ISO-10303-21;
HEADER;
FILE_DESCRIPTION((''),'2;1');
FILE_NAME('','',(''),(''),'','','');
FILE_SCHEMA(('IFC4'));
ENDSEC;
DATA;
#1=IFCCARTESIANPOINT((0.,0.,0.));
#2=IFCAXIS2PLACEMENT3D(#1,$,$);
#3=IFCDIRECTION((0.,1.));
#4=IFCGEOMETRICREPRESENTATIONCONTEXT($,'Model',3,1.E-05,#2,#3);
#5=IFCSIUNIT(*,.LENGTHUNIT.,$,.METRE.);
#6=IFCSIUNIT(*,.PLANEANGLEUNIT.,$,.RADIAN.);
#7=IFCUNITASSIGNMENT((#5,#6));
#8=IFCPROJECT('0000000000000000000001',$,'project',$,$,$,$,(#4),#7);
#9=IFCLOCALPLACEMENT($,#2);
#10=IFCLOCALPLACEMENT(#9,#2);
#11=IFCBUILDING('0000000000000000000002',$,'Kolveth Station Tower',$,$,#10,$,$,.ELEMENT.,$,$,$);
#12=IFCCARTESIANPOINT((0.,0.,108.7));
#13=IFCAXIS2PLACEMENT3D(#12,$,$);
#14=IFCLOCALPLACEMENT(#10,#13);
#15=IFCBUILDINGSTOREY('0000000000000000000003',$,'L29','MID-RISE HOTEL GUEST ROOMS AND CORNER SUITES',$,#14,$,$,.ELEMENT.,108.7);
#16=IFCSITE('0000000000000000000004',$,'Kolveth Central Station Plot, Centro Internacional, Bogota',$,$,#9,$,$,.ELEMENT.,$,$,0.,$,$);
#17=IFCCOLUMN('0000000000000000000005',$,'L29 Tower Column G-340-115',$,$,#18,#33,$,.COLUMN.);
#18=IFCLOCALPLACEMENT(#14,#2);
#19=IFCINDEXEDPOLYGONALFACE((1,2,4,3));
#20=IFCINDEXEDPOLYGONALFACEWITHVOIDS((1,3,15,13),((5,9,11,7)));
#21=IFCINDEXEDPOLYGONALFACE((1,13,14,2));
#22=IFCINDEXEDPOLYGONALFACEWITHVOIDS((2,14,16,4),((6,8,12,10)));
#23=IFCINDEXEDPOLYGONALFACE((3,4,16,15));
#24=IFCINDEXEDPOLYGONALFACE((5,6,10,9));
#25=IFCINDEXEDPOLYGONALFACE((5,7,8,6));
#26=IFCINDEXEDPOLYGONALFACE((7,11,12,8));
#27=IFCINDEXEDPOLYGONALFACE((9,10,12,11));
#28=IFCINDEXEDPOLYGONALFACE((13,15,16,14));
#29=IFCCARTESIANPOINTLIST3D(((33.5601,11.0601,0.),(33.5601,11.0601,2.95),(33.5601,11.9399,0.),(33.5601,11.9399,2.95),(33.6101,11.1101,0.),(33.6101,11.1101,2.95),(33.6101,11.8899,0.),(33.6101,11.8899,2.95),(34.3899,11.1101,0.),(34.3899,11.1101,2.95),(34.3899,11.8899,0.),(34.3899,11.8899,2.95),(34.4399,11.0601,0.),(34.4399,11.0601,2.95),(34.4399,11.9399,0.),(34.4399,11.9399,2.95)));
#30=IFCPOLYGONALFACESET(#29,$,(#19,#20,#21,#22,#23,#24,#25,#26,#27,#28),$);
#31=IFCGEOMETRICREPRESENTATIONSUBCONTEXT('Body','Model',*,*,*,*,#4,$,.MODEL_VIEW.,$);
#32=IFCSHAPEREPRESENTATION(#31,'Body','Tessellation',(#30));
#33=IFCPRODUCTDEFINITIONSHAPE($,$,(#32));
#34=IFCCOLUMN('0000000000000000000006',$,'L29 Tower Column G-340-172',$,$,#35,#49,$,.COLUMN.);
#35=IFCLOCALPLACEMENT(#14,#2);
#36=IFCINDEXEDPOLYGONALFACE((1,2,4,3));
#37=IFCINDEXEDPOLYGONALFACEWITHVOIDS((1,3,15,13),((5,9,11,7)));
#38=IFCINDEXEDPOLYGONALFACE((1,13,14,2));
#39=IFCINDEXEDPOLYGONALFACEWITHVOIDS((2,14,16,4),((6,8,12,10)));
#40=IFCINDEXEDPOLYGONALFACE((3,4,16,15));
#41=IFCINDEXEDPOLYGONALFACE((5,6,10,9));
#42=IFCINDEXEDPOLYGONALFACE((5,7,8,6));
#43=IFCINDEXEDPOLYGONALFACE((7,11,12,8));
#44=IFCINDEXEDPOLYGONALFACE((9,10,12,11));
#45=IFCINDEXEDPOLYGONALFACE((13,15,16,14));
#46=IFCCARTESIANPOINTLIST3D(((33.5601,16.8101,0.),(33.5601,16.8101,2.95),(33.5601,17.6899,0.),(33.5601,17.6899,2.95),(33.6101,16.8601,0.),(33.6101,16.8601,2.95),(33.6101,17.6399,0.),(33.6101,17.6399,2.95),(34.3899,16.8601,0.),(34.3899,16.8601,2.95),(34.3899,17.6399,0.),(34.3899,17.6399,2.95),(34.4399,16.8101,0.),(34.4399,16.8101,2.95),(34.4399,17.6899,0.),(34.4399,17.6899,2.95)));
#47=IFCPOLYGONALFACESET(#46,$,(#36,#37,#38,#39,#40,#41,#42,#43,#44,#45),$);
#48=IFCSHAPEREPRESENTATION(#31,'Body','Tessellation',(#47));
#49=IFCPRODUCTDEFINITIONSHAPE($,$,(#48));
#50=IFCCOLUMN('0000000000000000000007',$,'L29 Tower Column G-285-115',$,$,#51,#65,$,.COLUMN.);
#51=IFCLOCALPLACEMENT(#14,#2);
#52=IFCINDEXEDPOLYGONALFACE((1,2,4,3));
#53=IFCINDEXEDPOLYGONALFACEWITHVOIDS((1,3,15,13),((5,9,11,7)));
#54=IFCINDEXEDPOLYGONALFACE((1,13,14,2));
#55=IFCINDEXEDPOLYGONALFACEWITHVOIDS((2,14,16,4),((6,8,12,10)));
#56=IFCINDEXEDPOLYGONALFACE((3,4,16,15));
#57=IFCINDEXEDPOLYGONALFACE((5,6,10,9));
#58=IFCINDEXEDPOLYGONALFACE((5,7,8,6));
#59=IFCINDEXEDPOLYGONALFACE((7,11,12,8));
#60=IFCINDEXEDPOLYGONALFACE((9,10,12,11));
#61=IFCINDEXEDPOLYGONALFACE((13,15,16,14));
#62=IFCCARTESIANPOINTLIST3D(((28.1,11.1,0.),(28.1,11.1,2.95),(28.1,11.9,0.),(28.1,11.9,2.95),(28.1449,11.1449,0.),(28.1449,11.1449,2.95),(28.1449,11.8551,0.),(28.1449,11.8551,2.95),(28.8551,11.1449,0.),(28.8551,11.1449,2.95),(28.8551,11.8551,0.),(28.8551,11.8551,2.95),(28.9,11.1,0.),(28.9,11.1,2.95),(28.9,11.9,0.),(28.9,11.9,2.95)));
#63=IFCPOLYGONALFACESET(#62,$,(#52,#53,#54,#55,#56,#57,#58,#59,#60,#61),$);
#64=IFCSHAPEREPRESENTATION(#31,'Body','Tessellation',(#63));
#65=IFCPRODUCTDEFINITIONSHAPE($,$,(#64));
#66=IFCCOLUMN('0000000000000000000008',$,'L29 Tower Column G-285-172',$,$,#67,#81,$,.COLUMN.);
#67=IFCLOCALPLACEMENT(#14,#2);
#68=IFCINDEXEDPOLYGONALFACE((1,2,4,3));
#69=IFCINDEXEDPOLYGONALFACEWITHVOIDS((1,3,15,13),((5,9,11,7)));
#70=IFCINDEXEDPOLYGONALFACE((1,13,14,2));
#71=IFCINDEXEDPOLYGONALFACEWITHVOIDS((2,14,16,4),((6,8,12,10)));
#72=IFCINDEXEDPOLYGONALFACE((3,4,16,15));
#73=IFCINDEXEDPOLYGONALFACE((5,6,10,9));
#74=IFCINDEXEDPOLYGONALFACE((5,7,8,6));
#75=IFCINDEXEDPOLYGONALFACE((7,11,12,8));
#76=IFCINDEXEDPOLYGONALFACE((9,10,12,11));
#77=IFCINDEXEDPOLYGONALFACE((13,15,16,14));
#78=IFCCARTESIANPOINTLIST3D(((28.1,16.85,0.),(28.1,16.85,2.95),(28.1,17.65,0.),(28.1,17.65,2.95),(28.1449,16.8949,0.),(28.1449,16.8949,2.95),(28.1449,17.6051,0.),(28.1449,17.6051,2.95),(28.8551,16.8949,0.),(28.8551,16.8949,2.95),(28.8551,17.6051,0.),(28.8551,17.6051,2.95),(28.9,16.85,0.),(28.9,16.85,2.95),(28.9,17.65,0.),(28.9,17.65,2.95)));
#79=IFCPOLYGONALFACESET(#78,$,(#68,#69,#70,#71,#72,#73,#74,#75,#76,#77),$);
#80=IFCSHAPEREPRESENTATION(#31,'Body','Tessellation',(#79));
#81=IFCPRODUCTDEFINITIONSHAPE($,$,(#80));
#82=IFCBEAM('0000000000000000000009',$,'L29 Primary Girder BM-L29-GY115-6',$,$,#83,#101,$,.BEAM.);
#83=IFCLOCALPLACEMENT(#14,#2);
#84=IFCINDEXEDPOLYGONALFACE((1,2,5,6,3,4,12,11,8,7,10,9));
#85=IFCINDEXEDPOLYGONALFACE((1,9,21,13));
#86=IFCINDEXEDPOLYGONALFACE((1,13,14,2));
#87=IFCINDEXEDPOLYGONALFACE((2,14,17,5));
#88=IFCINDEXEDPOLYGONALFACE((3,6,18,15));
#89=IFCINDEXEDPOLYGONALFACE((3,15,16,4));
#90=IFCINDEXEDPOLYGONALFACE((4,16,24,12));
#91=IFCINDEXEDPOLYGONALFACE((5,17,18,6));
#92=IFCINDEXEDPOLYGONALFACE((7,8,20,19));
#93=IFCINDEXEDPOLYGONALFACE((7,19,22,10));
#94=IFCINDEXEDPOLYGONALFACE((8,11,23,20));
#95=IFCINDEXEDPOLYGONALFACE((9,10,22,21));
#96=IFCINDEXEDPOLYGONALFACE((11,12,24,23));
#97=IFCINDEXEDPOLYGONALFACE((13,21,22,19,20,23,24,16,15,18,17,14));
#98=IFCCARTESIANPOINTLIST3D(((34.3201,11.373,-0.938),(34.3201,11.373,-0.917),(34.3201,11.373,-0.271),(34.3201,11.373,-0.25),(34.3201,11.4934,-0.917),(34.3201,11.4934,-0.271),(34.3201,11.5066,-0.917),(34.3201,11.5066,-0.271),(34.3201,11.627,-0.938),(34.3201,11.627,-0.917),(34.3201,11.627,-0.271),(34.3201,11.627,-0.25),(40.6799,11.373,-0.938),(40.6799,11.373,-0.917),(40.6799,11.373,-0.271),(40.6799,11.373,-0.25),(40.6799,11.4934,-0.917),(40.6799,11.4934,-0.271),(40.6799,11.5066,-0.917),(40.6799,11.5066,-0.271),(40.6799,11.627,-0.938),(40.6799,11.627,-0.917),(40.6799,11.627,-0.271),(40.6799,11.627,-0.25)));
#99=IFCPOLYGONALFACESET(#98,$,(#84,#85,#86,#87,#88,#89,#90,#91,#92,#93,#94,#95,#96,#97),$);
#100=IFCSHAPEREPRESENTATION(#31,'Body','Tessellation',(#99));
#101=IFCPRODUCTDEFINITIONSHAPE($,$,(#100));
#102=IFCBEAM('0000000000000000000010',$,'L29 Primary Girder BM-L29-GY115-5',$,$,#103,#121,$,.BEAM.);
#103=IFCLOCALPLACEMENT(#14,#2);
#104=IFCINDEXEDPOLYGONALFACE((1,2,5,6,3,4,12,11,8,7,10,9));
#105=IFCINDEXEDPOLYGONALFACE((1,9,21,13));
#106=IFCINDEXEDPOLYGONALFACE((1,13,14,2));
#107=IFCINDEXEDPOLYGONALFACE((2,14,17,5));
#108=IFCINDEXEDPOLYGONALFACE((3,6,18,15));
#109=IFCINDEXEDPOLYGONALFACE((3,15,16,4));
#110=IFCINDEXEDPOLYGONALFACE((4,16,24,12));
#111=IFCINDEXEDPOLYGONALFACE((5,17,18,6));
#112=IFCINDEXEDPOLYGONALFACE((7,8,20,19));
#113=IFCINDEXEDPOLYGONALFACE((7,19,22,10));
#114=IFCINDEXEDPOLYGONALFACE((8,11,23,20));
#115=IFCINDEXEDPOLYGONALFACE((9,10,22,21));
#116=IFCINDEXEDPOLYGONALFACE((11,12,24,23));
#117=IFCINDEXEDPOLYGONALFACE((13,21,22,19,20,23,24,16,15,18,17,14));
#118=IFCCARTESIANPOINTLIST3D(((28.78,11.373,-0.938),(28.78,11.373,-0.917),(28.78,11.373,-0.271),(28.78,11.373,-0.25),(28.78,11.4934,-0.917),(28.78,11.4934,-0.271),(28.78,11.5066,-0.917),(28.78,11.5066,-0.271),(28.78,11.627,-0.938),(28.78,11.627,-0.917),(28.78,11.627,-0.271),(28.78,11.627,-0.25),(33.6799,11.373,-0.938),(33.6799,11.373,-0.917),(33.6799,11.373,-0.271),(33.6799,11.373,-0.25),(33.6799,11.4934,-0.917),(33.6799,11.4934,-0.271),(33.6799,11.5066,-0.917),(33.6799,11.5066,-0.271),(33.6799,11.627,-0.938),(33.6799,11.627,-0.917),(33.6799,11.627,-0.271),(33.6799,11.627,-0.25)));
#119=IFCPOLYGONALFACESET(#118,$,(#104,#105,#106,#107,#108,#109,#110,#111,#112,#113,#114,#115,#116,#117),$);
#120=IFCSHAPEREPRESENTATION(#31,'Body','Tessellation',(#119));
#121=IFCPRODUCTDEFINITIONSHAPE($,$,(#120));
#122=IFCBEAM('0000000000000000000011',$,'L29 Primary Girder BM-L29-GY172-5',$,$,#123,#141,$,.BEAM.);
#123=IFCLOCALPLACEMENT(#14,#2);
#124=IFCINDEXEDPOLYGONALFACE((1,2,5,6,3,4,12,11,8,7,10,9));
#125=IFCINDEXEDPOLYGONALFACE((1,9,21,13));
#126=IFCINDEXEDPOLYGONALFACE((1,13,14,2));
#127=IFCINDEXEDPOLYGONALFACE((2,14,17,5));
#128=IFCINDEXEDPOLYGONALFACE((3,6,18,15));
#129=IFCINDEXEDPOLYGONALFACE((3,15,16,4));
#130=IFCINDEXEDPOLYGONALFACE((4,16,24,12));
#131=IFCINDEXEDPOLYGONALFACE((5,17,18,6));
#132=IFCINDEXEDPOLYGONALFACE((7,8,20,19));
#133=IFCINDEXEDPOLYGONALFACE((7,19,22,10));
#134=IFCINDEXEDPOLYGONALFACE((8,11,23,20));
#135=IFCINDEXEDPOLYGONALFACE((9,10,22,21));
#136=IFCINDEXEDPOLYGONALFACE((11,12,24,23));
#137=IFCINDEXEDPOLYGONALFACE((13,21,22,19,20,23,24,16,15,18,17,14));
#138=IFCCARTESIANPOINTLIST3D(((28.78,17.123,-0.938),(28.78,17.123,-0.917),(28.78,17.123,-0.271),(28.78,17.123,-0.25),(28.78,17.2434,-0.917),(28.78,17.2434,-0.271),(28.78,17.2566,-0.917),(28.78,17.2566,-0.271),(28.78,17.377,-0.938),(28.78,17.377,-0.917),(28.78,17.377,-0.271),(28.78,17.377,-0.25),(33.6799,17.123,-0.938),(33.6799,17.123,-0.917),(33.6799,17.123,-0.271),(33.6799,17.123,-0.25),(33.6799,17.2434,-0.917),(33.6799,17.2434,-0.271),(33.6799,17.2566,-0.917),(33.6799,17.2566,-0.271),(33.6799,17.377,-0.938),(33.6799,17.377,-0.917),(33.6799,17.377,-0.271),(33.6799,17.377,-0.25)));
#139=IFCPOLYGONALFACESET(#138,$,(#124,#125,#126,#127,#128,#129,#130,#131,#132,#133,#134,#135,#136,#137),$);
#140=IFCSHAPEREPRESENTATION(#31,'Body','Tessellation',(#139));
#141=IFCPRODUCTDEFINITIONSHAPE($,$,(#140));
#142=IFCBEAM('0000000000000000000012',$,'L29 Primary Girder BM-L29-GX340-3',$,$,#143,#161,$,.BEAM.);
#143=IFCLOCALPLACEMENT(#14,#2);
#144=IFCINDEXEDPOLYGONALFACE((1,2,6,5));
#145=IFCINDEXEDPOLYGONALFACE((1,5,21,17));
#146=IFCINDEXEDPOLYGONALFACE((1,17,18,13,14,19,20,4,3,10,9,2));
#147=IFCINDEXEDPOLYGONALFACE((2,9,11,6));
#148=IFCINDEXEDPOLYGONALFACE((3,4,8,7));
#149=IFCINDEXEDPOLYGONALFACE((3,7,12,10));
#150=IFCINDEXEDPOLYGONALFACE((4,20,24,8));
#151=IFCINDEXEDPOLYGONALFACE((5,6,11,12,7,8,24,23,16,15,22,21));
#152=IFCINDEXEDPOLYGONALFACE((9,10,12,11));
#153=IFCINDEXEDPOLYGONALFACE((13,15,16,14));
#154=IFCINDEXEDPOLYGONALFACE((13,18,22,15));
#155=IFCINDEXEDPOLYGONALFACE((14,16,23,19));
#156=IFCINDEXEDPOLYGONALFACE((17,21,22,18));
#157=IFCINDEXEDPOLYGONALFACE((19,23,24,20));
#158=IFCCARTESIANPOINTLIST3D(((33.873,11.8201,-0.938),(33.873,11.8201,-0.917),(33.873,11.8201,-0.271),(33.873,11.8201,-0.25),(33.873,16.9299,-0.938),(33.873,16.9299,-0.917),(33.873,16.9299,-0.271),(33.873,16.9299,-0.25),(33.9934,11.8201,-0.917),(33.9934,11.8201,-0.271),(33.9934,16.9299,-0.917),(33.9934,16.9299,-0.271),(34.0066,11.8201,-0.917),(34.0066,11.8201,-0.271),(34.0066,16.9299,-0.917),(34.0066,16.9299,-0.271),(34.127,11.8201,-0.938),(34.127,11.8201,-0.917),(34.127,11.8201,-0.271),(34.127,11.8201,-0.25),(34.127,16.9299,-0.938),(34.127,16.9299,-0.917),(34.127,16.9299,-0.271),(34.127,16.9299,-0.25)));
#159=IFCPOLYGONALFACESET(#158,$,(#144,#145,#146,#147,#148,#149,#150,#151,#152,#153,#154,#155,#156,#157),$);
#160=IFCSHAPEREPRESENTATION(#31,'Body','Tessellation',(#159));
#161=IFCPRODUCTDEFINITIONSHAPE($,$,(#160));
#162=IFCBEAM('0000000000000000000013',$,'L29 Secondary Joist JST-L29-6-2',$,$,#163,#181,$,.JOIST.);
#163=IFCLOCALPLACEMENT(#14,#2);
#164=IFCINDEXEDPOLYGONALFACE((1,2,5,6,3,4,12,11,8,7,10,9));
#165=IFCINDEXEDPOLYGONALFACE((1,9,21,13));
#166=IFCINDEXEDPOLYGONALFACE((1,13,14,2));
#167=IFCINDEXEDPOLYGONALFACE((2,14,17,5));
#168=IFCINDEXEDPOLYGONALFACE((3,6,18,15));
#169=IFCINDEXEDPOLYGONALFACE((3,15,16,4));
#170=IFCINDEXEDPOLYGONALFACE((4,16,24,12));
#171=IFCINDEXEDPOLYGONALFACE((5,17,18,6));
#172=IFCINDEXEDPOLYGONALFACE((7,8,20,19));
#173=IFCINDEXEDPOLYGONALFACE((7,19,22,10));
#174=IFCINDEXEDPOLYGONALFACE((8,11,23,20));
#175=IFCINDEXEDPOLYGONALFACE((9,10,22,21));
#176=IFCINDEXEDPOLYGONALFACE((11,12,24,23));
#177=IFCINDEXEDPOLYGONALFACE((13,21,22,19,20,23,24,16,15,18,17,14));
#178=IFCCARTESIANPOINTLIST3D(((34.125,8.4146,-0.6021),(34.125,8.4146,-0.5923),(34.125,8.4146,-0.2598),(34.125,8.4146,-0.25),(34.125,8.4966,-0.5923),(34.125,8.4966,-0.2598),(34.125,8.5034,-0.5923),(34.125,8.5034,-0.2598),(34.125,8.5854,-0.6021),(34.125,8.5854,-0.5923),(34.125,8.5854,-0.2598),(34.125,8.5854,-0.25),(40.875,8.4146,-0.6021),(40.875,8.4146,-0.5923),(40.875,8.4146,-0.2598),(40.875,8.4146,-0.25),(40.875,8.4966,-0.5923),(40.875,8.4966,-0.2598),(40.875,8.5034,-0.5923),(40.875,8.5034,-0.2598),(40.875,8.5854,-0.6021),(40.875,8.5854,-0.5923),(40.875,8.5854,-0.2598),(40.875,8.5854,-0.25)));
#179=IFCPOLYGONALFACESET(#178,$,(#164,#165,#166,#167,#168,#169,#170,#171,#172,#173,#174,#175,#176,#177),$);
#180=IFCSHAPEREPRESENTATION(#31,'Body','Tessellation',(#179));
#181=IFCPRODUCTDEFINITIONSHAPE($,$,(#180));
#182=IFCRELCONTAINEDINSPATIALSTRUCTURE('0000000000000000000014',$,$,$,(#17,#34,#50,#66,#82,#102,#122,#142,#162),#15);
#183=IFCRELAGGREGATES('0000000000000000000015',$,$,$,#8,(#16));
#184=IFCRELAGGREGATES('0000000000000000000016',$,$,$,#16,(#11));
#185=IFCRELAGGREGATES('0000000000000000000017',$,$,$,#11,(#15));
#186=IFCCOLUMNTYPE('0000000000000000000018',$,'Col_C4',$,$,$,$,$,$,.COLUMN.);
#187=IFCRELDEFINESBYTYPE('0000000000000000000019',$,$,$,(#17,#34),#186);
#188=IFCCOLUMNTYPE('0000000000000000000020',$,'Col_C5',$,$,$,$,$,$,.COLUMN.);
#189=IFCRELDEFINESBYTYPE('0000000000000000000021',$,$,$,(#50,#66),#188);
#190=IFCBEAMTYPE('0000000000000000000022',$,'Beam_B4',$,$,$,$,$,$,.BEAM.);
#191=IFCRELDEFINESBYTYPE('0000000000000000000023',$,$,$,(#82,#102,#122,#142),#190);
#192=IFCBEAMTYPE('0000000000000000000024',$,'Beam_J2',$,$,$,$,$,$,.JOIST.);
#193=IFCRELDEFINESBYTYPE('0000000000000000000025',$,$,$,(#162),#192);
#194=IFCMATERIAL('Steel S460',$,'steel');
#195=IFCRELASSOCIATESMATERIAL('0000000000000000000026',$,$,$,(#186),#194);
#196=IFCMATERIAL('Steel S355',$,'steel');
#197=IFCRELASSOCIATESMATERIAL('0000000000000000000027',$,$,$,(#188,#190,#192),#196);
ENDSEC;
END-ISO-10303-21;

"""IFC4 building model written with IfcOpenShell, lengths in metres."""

from ifc_helpers import new_model, si_unit, direction, frame, origin, origin_2d, place, context, subcontext, project, spatial, hollow_rectangle, i_section, extrude, source, transform, mapped, material, material_profile, profile_set, type_object, element, save


model = new_model("IFC4")

# Units and contexts
model_context = context("Model", 3, precision=1e-05, world=origin(), true_north=direction((0.0, 1.0)))
body_context = subcontext(model_context, "Body", "Model", "MODEL_VIEW")
ifc_project = project(units=[si_unit("LENGTHUNIT", "METRE"), si_unit("PLANEANGLEUNIT", "RADIAN")], contexts=[model_context])

# Site, building, storey
site_placement = place(None, origin())
site = spatial("IfcSite", under=ifc_project, at=site_placement, Name="Kolveth Central Station Plot, Centro Internacional, Bogota", CompositionType="ELEMENT", RefElevation=0.0)
building_placement = place(site_placement, origin())
building = spatial("IfcBuilding", under=site, at=building_placement, Name="Kolveth Station Tower", CompositionType="ELEMENT")
storey_placement = place(building_placement, frame((0.0, 0.0, 108.7)))
storey = spatial("IfcBuildingStorey", under=building, at=storey_placement, Name="L29", Description="MID-RISE HOTEL GUEST ROOMS AND CORNER SUITES", CompositionType="ELEMENT", Elevation=108.7)

# Columns
ifc_material_1 = material(Name="Steel S460", Category="steel")
ifc_material_profile_1 = material_profile(ifc_material_1, hollow_rectangle(XDim=0.8799, YDim=0.8799, WallThickness=0.05, at=origin_2d()), Name="BOX880x880x50")
ifc_profile_set_1 = profile_set([ifc_material_profile_1], Name="Steel S460")
column_type_1 = type_object("IfcColumnType", Name="Col_C4", PredefinedType="COLUMN", material=ifc_profile_set_1)
shared_shape_1 = source(origin(), body_context, "Body", "SweptSolid", [
    extrude(hollow_rectangle(XDim=0.8799, YDim=0.8799, WallThickness=0.05, at=origin_2d()), origin(), (0.0, 0.0, 1.0), 2.95),
])
for number, where, z_axis, x_axis, name in (
    (1, (34.0, 11.5, 0.0), (0.0, 0.0, 1.0), (1.0, 0.0, 0.0), "L29 Tower Column G-340-115"),
    (2, (34.0, 17.25, 0.0), (0.0, 0.0, 1.0), (1.0, 0.0, 0.0), "L29 Tower Column G-340-172"),
):
    element("IfcColumn", number, at=place(storey_placement, frame(where, z_axis=z_axis, x_axis=x_axis)), inside=storey, type_object=column_type_1, Name=name, PredefinedType="COLUMN", context=body_context, shape_type="MappedRepresentation", body=[
        mapped(shared_shape_1, transform((0.0, 0.0, 0.0), x_axis=(1.0, 0.0, 0.0), y_axis=(0.0, 1.0, 0.0), z_axis=(0.0, 0.0, 1.0), scale=1.0)),
    ])
ifc_material_2 = material(Name="Steel S355", Category="steel")
ifc_material_profile_2 = material_profile(ifc_material_2, hollow_rectangle(XDim=0.8, YDim=0.8, WallThickness=0.0449, at=origin_2d()), Name="BOX800x800x45")
ifc_profile_set_2 = profile_set([ifc_material_profile_2], Name="Steel S355")
column_type_2 = type_object("IfcColumnType", Name="Col_C5", PredefinedType="COLUMN", material=ifc_profile_set_2)
shared_shape_2 = source(origin(), body_context, "Body", "SweptSolid", [
    extrude(hollow_rectangle(XDim=0.8, YDim=0.8, WallThickness=0.0449, at=origin_2d()), origin(), (0.0, 0.0, 1.0), 2.95),
])
for number, where, z_axis, x_axis, name in (
    (3, (28.5, 11.5, 0.0), (0.0, 0.0, 1.0), (1.0, 0.0, 0.0), "L29 Tower Column G-285-115"),
    (4, (28.5, 17.25, 0.0), (0.0, 0.0, 1.0), (1.0, 0.0, 0.0), "L29 Tower Column G-285-172"),
):
    element("IfcColumn", number, at=place(storey_placement, frame(where, z_axis=z_axis, x_axis=x_axis)), inside=storey, type_object=column_type_2, Name=name, PredefinedType="COLUMN", context=body_context, shape_type="MappedRepresentation", body=[
        mapped(shared_shape_2, transform((0.0, 0.0, 0.0), x_axis=(1.0, 0.0, 0.0), y_axis=(0.0, 1.0, 0.0), z_axis=(0.0, 0.0, 1.0), scale=1.0)),
    ])

# Beams
ifc_material_profile_3 = material_profile(ifc_material_2, i_section(OverallWidth=0.2539, OverallDepth=0.688, WebThickness=0.0132, FlangeThickness=0.021, at=origin_2d()), Name="W690x152")
ifc_profile_set_3 = profile_set([ifc_material_profile_3], Name="Steel S355")
beam_type_1 = type_object("IfcBeamType", Name="Beam_B4", PredefinedType="BEAM", material=ifc_profile_set_3)
shared_shape_3 = source(origin(), body_context, "Body", "SweptSolid", [
    extrude(i_section(OverallWidth=0.2539, OverallDepth=0.688, WebThickness=0.0132, FlangeThickness=0.021, at=origin_2d()), origin(), (0.0, 0.0, 1.0), 6.3599),
])
beam_1_placement = place(storey_placement, frame((34.3201, 11.5, -0.594), z_axis=(1.0, 0.0, 0.0), x_axis=(0.0, 1.0, 0.0)))
element("IfcBeam", 5, at=beam_1_placement, inside=storey, type_object=beam_type_1, Name="L29 Primary Girder BM-L29-GY115-6", PredefinedType="BEAM", context=body_context, shape_type="MappedRepresentation", body=[
    mapped(shared_shape_3, transform((0.0, 0.0, 0.0), x_axis=(1.0, 0.0, 0.0), y_axis=(0.0, 1.0, 0.0), z_axis=(0.0, 0.0, 1.0), scale=1.0)),
])
shared_shape_4 = source(origin(), body_context, "Body", "SweptSolid", [
    extrude(i_section(OverallWidth=0.2539, OverallDepth=0.688, WebThickness=0.0132, FlangeThickness=0.021, at=origin_2d()), origin(), (0.0, 0.0, 1.0), 4.8999),
])
for number, where, z_axis, x_axis, name in (
    (6, (28.78, 11.5, -0.594), (1.0, 0.0, 0.0), (0.0, 1.0, 0.0), "L29 Primary Girder BM-L29-GY115-5"),
    (7, (28.78, 17.25, -0.594), (1.0, 0.0, 0.0), (0.0, 1.0, 0.0), "L29 Primary Girder BM-L29-GY172-5"),
):
    element("IfcBeam", number, at=place(storey_placement, frame(where, z_axis=z_axis, x_axis=x_axis)), inside=storey, type_object=beam_type_1, Name=name, PredefinedType="BEAM", context=body_context, shape_type="MappedRepresentation", body=[
        mapped(shared_shape_4, transform((0.0, 0.0, 0.0), x_axis=(1.0, 0.0, 0.0), y_axis=(0.0, 1.0, 0.0), z_axis=(0.0, 0.0, 1.0), scale=1.0)),
    ])
shared_shape_5 = source(origin(), body_context, "Body", "SweptSolid", [
    extrude(i_section(OverallWidth=0.2539, OverallDepth=0.688, WebThickness=0.0132, FlangeThickness=0.021, at=origin_2d()), origin(), (0.0, 0.0, 1.0), 5.1099),
])
beam_2_placement = place(storey_placement, frame((34.0, 11.8201, -0.594), z_axis=(0.0, 1.0, 0.0), x_axis=(-1.0, 0.0, 0.0)))
element("IfcBeam", 8, at=beam_2_placement, inside=storey, type_object=beam_type_1, Name="L29 Primary Girder BM-L29-GX340-3", PredefinedType="BEAM", context=body_context, shape_type="MappedRepresentation", body=[
    mapped(shared_shape_5, transform((0.0, 0.0, 0.0), x_axis=(1.0, 0.0, 0.0), y_axis=(0.0, 1.0, 0.0), z_axis=(0.0, 0.0, 1.0), scale=1.0)),
])
ifc_material_profile_4 = material_profile(ifc_material_2, i_section(OverallWidth=0.1709, OverallDepth=0.3521, WebThickness=0.0068, FlangeThickness=0.0098, at=origin_2d()), Name="W360x44")
ifc_profile_set_4 = profile_set([ifc_material_profile_4], Name="Steel S355")
beam_type_2 = type_object("IfcBeamType", Name="Beam_J2", PredefinedType="JOIST", material=ifc_profile_set_4)
shared_shape_6 = source(origin(), body_context, "Body", "SweptSolid", [
    extrude(i_section(OverallWidth=0.1709, OverallDepth=0.3521, WebThickness=0.0068, FlangeThickness=0.0098, at=origin_2d()), origin(), (0.0, 0.0, 1.0), 6.75),
])
for number, where, z_axis, x_axis, name in (
    (9, (34.125, 8.5, -0.426), (1.0, 0.0, 0.0), (0.0, 1.0, 0.0), "L29 Secondary Joist JST-L29-6-2"),
):
    element("IfcBeam", number, at=place(storey_placement, frame(where, z_axis=z_axis, x_axis=x_axis)), inside=storey, type_object=beam_type_2, Name=name, PredefinedType="JOIST", context=body_context, shape_type="MappedRepresentation", body=[
        mapped(shared_shape_6, transform((0.0, 0.0, 0.0), x_axis=(1.0, 0.0, 0.0), y_axis=(0.0, 1.0, 0.0), z_axis=(0.0, 0.0, 1.0), scale=1.0)),
    ])

save(model, "model.ifc")
